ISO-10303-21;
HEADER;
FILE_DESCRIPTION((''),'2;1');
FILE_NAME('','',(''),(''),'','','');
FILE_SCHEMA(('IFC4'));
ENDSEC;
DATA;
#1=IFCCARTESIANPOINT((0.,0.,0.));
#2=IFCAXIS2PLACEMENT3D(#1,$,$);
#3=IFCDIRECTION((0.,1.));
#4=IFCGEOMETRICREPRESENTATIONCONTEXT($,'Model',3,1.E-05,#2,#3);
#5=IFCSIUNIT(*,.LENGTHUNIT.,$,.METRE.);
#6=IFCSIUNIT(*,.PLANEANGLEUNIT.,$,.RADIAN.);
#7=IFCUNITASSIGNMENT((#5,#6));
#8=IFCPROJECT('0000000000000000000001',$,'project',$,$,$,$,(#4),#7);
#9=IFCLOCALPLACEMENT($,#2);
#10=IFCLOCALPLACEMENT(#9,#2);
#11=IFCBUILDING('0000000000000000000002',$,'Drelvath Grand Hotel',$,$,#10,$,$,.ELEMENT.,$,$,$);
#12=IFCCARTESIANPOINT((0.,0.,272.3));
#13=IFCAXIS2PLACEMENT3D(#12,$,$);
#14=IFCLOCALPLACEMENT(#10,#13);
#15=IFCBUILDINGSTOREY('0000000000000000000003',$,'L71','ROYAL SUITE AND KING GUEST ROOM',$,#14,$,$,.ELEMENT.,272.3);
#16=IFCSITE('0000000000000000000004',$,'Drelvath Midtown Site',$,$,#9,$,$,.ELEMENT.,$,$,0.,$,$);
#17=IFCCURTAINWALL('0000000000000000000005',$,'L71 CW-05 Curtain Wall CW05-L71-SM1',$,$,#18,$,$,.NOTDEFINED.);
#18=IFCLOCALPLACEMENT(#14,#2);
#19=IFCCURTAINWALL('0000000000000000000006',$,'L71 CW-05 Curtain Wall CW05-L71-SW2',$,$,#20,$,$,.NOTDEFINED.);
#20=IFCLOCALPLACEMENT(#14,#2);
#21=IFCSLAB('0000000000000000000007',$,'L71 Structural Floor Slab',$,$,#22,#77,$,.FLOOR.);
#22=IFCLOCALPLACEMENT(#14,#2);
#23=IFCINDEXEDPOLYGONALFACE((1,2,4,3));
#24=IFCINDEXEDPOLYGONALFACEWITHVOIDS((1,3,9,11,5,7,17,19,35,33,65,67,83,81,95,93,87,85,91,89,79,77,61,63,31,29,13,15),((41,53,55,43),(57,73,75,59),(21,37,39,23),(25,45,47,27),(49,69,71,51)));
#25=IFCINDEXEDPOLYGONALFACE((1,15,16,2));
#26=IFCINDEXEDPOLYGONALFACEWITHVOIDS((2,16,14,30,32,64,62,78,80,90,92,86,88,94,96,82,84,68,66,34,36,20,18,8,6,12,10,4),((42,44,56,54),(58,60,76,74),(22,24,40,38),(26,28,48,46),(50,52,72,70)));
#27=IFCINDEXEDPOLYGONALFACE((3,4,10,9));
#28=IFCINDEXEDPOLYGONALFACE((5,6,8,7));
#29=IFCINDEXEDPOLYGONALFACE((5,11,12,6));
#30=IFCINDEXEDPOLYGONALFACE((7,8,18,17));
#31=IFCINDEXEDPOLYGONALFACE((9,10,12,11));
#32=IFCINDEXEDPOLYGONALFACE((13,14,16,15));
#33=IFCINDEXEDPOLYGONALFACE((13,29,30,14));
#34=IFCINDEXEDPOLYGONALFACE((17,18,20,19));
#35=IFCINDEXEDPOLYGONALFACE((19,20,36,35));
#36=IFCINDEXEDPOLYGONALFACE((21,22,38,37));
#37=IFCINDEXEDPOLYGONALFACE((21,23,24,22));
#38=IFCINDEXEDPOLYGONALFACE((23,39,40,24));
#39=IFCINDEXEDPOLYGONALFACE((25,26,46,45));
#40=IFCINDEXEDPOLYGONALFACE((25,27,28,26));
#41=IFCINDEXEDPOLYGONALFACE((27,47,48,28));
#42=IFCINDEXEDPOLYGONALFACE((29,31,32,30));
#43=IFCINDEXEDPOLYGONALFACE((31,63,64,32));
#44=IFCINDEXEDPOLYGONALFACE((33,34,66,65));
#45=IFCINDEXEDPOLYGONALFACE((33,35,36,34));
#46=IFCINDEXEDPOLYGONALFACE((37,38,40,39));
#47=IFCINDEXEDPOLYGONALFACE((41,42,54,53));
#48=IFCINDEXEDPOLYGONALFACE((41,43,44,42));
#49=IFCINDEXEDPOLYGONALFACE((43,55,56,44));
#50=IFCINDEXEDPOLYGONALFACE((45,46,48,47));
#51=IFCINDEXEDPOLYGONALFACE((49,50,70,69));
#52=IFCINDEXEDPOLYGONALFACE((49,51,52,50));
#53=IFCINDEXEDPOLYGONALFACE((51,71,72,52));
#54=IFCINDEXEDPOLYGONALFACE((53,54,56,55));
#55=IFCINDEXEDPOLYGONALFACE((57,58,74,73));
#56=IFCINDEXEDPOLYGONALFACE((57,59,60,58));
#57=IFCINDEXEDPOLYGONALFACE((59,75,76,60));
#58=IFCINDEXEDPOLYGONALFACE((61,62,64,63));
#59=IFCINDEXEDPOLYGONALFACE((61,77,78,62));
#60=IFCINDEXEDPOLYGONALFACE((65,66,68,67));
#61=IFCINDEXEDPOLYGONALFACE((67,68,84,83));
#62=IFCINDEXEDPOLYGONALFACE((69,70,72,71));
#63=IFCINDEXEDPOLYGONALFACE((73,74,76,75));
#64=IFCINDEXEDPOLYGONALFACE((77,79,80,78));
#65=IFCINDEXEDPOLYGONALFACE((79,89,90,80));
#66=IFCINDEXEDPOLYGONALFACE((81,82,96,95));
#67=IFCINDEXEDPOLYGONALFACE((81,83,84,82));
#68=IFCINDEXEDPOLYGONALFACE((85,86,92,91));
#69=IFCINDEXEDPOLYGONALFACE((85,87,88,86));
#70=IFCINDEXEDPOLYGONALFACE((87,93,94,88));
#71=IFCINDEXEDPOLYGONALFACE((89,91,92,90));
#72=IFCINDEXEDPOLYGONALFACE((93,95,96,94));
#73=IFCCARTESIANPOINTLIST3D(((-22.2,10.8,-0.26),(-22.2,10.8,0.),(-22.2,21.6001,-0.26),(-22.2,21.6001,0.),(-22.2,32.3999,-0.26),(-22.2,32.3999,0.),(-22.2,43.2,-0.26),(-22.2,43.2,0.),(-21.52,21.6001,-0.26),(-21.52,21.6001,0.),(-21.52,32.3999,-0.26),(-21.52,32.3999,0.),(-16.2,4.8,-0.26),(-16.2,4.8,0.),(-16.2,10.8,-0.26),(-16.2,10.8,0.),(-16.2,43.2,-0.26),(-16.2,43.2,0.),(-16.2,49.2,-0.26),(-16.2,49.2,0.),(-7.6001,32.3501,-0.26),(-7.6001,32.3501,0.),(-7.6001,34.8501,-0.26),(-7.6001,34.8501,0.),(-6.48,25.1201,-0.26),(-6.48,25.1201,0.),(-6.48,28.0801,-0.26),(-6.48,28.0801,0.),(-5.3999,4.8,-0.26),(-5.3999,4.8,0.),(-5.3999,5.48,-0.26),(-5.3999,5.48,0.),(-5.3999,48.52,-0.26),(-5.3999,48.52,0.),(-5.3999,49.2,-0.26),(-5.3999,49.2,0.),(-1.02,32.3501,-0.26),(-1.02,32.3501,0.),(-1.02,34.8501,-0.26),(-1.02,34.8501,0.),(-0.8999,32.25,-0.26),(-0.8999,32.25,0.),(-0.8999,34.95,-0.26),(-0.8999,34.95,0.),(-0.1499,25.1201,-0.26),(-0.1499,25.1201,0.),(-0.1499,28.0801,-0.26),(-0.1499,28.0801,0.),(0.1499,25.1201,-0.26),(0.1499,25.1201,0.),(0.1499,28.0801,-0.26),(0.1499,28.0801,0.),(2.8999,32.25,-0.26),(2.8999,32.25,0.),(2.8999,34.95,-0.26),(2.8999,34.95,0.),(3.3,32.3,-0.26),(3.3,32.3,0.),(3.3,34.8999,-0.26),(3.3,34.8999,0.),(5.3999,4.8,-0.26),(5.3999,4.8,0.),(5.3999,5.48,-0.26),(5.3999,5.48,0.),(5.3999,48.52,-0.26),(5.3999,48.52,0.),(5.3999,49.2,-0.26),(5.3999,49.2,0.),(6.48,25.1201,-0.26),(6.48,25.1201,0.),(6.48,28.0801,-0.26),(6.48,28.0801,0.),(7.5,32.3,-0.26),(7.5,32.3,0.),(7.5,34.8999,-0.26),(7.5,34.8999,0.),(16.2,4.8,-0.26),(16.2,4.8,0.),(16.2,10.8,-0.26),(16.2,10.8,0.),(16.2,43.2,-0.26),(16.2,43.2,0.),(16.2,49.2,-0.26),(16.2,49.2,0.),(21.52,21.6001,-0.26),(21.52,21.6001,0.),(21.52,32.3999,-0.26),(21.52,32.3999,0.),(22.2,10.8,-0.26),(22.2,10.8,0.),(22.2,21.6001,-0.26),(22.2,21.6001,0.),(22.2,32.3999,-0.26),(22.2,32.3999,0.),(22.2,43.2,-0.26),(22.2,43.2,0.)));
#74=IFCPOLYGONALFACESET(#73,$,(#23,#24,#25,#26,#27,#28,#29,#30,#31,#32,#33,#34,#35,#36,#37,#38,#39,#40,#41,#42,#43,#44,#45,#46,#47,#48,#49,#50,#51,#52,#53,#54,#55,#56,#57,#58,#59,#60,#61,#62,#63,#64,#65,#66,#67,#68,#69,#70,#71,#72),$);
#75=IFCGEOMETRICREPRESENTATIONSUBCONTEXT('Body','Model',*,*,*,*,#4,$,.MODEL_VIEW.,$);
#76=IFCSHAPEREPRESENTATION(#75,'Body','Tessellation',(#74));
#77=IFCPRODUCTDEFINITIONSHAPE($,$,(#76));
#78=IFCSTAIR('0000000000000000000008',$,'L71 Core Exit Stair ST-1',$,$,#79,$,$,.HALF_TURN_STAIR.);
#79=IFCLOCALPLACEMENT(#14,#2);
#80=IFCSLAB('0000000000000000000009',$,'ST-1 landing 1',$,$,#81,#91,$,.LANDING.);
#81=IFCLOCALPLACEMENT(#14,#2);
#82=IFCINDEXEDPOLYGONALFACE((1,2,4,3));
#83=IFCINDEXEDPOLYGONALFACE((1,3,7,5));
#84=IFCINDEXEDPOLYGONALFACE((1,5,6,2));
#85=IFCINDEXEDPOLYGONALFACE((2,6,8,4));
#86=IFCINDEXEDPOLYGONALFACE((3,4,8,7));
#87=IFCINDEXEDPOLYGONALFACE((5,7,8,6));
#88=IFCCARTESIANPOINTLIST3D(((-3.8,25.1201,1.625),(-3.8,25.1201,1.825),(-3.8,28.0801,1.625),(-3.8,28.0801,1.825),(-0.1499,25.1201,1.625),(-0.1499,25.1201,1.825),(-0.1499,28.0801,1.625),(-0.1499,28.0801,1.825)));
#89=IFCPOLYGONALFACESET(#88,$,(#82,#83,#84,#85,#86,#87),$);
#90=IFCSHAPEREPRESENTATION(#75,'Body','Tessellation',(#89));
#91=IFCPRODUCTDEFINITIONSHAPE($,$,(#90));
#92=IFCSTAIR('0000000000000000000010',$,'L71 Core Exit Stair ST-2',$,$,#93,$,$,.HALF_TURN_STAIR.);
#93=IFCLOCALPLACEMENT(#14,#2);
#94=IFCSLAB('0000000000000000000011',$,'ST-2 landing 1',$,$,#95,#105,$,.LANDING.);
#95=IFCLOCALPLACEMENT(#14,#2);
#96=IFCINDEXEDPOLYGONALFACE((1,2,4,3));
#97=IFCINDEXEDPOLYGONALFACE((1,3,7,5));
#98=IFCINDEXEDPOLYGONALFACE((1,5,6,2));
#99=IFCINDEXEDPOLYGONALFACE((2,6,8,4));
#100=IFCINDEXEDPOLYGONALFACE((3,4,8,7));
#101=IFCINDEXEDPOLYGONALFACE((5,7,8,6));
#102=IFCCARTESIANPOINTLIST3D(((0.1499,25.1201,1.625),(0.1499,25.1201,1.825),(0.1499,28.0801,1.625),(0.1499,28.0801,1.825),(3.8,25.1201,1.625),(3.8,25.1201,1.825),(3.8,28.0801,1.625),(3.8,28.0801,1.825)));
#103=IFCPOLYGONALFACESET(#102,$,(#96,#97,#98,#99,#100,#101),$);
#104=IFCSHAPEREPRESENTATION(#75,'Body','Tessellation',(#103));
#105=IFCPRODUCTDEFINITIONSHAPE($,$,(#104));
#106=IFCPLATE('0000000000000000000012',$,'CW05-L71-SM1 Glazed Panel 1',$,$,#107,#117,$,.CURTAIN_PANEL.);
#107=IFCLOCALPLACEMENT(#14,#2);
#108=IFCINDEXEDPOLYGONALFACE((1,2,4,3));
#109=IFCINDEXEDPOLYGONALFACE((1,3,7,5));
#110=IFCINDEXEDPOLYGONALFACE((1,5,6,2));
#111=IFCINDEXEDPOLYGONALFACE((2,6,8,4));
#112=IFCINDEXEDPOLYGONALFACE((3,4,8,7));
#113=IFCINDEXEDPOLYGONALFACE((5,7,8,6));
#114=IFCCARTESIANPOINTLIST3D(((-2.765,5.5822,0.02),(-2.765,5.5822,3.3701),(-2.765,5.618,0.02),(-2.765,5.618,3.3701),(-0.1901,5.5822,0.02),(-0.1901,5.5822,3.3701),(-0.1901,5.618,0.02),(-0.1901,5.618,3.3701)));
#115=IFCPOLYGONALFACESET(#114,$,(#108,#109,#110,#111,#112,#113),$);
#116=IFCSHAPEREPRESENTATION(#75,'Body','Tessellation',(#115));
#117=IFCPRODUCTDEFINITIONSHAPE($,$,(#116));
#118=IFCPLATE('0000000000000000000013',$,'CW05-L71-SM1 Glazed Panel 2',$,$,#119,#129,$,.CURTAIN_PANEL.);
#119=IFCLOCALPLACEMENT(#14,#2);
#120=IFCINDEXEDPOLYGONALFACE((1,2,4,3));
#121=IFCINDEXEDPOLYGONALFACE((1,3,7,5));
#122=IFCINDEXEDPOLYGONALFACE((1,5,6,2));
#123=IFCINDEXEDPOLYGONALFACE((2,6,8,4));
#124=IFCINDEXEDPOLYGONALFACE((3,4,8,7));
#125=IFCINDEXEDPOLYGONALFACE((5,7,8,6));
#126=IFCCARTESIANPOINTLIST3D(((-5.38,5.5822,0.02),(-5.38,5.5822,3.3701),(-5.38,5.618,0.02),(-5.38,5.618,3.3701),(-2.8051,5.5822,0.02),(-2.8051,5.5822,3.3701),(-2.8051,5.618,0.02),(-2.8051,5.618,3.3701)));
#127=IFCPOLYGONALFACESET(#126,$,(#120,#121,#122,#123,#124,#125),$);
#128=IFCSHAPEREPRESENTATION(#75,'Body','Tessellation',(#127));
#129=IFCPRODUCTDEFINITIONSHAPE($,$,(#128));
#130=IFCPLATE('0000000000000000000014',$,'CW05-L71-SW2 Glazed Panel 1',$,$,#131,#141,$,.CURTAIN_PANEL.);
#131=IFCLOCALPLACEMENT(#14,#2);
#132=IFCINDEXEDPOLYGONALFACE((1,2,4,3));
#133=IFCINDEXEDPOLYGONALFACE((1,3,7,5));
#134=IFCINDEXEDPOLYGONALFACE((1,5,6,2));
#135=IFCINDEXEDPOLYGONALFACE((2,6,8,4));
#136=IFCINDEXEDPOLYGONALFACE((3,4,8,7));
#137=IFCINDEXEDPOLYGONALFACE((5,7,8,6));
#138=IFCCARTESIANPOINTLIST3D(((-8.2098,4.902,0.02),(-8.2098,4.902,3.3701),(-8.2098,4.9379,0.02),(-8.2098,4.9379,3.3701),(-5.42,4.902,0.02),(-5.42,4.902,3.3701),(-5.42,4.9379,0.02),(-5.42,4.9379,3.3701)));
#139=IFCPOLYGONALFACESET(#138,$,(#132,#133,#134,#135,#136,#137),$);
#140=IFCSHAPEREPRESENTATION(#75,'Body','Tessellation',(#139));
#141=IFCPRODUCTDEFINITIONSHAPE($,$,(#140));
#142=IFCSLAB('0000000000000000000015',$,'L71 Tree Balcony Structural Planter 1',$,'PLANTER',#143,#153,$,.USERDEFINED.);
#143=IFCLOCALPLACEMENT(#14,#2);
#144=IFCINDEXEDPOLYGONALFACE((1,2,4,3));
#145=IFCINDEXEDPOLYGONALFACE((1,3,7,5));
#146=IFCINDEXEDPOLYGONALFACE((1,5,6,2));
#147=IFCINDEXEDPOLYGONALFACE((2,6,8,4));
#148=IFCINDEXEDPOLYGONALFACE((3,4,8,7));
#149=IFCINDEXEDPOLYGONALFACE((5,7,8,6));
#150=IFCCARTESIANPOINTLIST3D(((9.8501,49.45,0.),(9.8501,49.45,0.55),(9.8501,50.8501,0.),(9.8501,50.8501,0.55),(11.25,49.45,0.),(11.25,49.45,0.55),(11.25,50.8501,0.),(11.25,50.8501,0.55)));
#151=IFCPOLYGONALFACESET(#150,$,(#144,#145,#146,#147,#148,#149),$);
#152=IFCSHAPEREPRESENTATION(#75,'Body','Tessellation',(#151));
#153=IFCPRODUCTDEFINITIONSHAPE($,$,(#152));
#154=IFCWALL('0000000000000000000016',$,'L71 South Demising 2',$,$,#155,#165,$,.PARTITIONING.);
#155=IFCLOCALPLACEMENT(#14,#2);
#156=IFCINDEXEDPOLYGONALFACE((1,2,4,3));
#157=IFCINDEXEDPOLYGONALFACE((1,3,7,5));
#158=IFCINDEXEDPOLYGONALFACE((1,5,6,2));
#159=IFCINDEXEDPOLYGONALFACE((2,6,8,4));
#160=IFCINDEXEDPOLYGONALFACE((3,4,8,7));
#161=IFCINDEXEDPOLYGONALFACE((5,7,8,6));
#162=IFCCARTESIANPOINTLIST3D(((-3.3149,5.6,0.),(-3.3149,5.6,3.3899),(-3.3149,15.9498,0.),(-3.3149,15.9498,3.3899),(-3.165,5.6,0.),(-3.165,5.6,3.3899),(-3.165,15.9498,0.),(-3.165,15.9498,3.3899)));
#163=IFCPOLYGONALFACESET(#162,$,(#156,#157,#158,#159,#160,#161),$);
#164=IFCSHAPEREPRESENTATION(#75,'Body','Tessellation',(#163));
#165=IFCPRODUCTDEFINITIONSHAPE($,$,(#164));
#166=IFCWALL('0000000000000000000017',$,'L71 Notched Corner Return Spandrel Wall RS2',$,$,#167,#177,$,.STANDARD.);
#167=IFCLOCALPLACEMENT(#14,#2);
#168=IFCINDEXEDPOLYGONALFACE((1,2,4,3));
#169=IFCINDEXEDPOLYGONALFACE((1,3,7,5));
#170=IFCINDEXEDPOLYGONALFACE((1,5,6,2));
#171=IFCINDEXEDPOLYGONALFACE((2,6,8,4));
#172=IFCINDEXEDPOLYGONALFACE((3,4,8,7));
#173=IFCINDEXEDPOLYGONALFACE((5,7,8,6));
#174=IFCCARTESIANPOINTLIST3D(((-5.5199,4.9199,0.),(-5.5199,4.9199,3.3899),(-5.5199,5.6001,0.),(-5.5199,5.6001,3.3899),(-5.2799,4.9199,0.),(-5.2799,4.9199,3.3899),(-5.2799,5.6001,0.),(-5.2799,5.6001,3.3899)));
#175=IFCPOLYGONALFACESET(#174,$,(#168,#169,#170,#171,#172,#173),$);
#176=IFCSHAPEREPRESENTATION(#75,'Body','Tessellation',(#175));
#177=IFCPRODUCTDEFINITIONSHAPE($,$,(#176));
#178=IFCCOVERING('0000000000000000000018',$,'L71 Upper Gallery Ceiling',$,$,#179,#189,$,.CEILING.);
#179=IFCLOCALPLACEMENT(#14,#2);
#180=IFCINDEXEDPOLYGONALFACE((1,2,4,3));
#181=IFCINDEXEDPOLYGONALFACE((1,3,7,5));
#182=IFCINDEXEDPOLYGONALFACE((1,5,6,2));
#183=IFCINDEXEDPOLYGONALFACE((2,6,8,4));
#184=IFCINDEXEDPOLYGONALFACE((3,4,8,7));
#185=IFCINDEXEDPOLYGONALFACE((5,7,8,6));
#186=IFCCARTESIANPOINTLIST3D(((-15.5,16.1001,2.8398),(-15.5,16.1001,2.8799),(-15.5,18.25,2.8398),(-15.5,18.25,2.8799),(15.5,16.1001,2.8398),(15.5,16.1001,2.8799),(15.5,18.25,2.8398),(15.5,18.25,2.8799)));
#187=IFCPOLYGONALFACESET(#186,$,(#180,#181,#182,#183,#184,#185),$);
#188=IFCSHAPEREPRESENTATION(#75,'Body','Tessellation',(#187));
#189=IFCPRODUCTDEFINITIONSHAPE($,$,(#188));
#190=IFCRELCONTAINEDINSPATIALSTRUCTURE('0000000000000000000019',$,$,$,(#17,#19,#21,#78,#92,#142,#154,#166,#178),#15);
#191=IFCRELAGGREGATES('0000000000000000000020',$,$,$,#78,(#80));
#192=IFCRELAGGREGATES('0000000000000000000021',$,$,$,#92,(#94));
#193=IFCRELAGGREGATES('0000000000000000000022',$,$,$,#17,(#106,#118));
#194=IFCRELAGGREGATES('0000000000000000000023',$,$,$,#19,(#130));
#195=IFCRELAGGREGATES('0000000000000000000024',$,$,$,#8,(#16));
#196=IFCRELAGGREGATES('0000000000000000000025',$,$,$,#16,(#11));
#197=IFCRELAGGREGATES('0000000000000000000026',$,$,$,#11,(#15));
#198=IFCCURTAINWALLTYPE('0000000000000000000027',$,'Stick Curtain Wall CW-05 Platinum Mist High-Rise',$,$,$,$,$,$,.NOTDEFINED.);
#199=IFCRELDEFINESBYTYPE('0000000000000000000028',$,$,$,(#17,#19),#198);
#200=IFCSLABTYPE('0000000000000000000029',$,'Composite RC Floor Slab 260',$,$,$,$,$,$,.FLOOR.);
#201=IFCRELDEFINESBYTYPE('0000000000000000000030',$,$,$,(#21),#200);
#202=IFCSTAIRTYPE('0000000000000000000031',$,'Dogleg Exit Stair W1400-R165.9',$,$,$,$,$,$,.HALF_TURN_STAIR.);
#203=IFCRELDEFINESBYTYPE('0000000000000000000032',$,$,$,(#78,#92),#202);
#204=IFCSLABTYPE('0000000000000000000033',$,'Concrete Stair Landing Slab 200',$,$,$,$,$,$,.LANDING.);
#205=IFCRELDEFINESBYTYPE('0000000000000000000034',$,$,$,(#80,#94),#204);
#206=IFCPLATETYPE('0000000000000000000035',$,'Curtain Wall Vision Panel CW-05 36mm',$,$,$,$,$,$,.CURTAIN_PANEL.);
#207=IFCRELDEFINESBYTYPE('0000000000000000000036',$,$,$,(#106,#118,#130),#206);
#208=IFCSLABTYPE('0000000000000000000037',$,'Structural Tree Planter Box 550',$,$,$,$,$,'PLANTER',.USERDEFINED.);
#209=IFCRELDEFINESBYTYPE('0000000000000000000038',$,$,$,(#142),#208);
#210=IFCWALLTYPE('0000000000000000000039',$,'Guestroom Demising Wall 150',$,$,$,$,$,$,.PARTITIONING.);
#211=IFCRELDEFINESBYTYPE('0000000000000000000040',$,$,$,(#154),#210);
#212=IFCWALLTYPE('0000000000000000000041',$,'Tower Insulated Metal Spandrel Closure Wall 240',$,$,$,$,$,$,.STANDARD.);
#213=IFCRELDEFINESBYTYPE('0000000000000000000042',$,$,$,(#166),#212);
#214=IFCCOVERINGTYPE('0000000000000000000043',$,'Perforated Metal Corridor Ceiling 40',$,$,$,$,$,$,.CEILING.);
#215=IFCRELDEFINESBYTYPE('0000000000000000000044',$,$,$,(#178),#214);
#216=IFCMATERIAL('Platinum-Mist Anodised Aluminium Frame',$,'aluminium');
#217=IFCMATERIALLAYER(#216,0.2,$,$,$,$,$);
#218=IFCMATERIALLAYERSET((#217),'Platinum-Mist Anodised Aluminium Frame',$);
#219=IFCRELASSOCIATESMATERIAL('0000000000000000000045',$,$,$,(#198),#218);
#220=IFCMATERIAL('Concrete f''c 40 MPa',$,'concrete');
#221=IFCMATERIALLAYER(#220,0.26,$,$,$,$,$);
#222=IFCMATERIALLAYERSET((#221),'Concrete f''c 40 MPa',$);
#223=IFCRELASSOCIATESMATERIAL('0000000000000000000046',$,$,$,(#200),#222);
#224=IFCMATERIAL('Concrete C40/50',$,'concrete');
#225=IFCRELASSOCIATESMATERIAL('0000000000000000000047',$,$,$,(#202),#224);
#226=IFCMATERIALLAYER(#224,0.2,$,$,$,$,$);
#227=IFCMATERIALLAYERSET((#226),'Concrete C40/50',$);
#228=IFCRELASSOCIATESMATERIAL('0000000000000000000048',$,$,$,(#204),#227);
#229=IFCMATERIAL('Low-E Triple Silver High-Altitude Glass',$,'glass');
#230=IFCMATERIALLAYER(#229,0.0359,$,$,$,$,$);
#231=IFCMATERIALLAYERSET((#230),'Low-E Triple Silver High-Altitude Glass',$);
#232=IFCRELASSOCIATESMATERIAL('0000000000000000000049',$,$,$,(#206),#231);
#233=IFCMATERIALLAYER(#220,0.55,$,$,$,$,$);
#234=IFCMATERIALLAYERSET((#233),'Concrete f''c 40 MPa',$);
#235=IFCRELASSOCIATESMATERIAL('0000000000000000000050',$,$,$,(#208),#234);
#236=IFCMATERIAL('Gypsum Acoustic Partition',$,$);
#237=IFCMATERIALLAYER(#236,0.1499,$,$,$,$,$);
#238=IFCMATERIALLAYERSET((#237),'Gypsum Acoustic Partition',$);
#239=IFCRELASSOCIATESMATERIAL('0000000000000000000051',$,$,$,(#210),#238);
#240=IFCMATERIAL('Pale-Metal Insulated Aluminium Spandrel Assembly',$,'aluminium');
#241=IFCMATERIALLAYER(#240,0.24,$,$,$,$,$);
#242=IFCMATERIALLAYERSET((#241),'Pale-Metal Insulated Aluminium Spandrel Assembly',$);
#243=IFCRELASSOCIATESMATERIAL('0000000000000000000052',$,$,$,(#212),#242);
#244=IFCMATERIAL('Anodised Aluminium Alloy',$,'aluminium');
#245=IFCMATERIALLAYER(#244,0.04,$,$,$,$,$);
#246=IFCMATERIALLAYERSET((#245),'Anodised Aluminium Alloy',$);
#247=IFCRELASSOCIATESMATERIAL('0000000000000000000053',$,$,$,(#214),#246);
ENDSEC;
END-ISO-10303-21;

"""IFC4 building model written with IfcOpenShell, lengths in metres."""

from ifc_helpers import new_model, si_unit, direction, frame, frame_2d, origin, origin_2d, place, context, subcontext, project, spatial, polyline, rectangle, outline, extrude, material, layer, layer_set, type_object, element, aggregate, save


model = new_model("IFC4")

# Units and contexts
model_context = context("Model", 3, precision=1e-05, world=origin(), true_north=direction((0.0, 1.0)))
body_context = subcontext(model_context, "Body", "Model", "MODEL_VIEW")
ifc_project = project(units=[si_unit("LENGTHUNIT", "METRE"), si_unit("PLANEANGLEUNIT", "RADIAN")], contexts=[model_context])

# Site, building, storey
site_placement = place(None, origin())
site = spatial("IfcSite", under=ifc_project, at=site_placement, Name="Drelvath Midtown Site", CompositionType="ELEMENT", RefElevation=0.0)
building_placement = place(site_placement, origin())
building = spatial("IfcBuilding", under=site, at=building_placement, Name="Drelvath Grand Hotel", CompositionType="ELEMENT")
storey_placement = place(building_placement, frame((0.0, 0.0, 272.3)))
storey = spatial("IfcBuildingStorey", under=building, at=storey_placement, Name="L71", Description="ROYAL SUITE AND KING GUEST ROOM", CompositionType="ELEMENT", Elevation=272.3)

# Curtain walls
ifc_material_1 = material(Name="Platinum-Mist Anodised Aluminium Frame", Category="aluminium")
ifc_layer_1 = layer(ifc_material_1, 0.2)
ifc_layer_set_1 = layer_set([ifc_layer_1], Name="Platinum-Mist Anodised Aluminium Frame")
curtain_wall_type = type_object("IfcCurtainWallType", Name="Stick Curtain Wall CW-05 Platinum Mist High-Rise", PredefinedType="NOTDEFINED", material=ifc_layer_set_1)
curtain_wall_1_placement = place(storey_placement, origin())
curtain_wall_1 = element("IfcCurtainWall", 1, at=curtain_wall_1_placement, inside=storey, type_object=curtain_wall_type, Name="L71 CW-05 Curtain Wall CW05-L71-SM1", PredefinedType="NOTDEFINED")
curtain_wall_2_placement = place(storey_placement, origin())
curtain_wall_2 = element("IfcCurtainWall", 2, at=curtain_wall_2_placement, inside=storey, type_object=curtain_wall_type, Name="L71 CW-05 Curtain Wall CW05-L71-SW2", PredefinedType="NOTDEFINED")

# Slab
ifc_material_2 = material(Name="Concrete f'c 40 MPa", Category="concrete")
ifc_layer_2 = layer(ifc_material_2, 0.26)
ifc_layer_set_2 = layer_set([ifc_layer_2], Name="Concrete f'c 40 MPa")
slab_type_1 = type_object("IfcSlabType", Name="Composite RC Floor Slab 260", PredefinedType="FLOOR", material=ifc_layer_set_2)
slab_1_placement = place(storey_placement, frame((0.0, 0.0, -0.26)))
element("IfcSlab", 3, at=slab_1_placement, inside=storey, type_object=slab_type_1, Name="L71 Structural Floor Slab", PredefinedType="FLOOR", context=body_context, shape_type="SweptSolid", body=[
    extrude(outline(polyline([(-16.2, 4.8), (-5.3999, 4.8), (-5.3999, 5.48), (5.3999, 5.48), (5.3999, 4.8), (16.2, 4.8), (16.2, 10.8), (22.2, 10.8), (22.2, 21.6001), (21.52, 21.6001), (21.52, 32.3999), (22.2, 32.3999), (22.2, 43.2), (16.2, 43.2), (16.2, 49.2), (5.3999, 49.2), (5.3999, 48.52), (-5.3999, 48.52), (-5.3999, 49.2), (-16.2, 49.2), (-16.2, 43.2), (-22.2, 43.2), (-22.2, 32.3999), (-21.52, 32.3999), (-21.52, 21.6001), (-22.2, 21.6001), (-22.2, 10.8), (-16.2, 10.8), (-16.2, 4.8)]), holes=[polyline([(-6.48, 25.1201), (-6.48, 28.0801), (-0.1499, 28.0801), (-0.1499, 25.1201), (-6.48, 25.1201)]), polyline([(0.1499, 25.1201), (0.1499, 28.0801), (6.48, 28.0801), (6.48, 25.1201), (0.1499, 25.1201)]), polyline([(-7.6001, 32.3501), (-7.6001, 34.8501), (-1.02, 34.8501), (-1.02, 32.3501), (-7.6001, 32.3501)]), polyline([(-0.8999, 32.25), (-0.8999, 34.95), (2.8999, 34.95), (2.8999, 32.25), (-0.8999, 32.25)]), polyline([(3.3, 32.3), (3.3, 34.8999), (7.5, 34.8999), (7.5, 32.3), (3.3, 32.3)])]), origin(), (0.0, 0.0, 1.0), 0.26),
])

# Stairs, slabs
ifc_material_3 = material(Name="Concrete C40/50", Category="concrete")
stair_type = type_object("IfcStairType", Name="Dogleg Exit Stair W1400-R165.9", PredefinedType="HALF_TURN_STAIR", material=ifc_material_3)
stair_1_placement = place(storey_placement, origin())
stair_1 = element("IfcStair", 4, at=stair_1_placement, inside=storey, type_object=stair_type, Name="L71 Core Exit Stair ST-1", PredefinedType="HALF_TURN_STAIR")
ifc_layer_3 = layer(ifc_material_3, 0.2)
ifc_layer_set_3 = layer_set([ifc_layer_3], Name="Concrete C40/50")
slab_type_2 = type_object("IfcSlabType", Name="Concrete Stair Landing Slab 200", PredefinedType="LANDING", material=ifc_layer_set_3)
slab_2_placement = place(storey_placement, frame((0.0, 0.0, 1.625)))
slab_2 = element("IfcSlab", 5, at=slab_2_placement, type_object=slab_type_2, Name="ST-1 landing 1", PredefinedType="LANDING", context=body_context, shape_type="SweptSolid", body=[
    extrude(outline(polyline([(-3.8, 25.1201), (-0.1499, 25.1201), (-0.1499, 28.0801), (-3.8, 28.0801), (-3.8, 25.1201)])), origin(), (0.0, 0.0, 1.0), 0.2),
])
aggregate(stair_1, [slab_2])
stair_2_placement = place(storey_placement, origin())
stair_2 = element("IfcStair", 6, at=stair_2_placement, inside=storey, type_object=stair_type, Name="L71 Core Exit Stair ST-2", PredefinedType="HALF_TURN_STAIR")
slab_3_placement = place(storey_placement, frame((0.0, 0.0, 1.625)))
slab_3 = element("IfcSlab", 7, at=slab_3_placement, type_object=slab_type_2, Name="ST-2 landing 1", PredefinedType="LANDING", context=body_context, shape_type="SweptSolid", body=[
    extrude(outline(polyline([(3.8, 28.0801), (0.1499, 28.0801), (0.1499, 25.1201), (3.8, 25.1201), (3.8, 28.0801)])), origin(), (0.0, 0.0, 1.0), 0.2),
])
aggregate(stair_2, [slab_3])

# Plates
ifc_material_4 = material(Name="Low-E Triple Silver High-Altitude Glass", Category="glass")
ifc_layer_4 = layer(ifc_material_4, 0.0359)
ifc_layer_set_4 = layer_set([ifc_layer_4], Name="Low-E Triple Silver High-Altitude Glass")
plate_type = type_object("IfcPlateType", Name="Curtain Wall Vision Panel CW-05 36mm", PredefinedType="CURTAIN_PANEL", material=ifc_layer_set_4)
plate_1_placement = place(storey_placement, frame((-1.4775, 5.6001, 0.02), z_axis=(0.0, 0.0, 1.0), x_axis=(-1.0, 0.0, 0.0)))
plate_1 = element("IfcPlate", 8, at=plate_1_placement, type_object=plate_type, Name="CW05-L71-SM1 Glazed Panel 1", PredefinedType="CURTAIN_PANEL", context=body_context, shape_type="SweptSolid", body=[
    extrude(rectangle(XDim=2.575, YDim=0.0359, at=origin_2d()), origin(), (0.0, 0.0, 1.0), 3.3501),
])
plate_2_placement = place(storey_placement, frame((-4.0925, 5.6001, 0.02), z_axis=(0.0, 0.0, 1.0), x_axis=(-1.0, 0.0, 0.0)))
plate_2 = element("IfcPlate", 9, at=plate_2_placement, type_object=plate_type, Name="CW05-L71-SM1 Glazed Panel 2", PredefinedType="CURTAIN_PANEL", context=body_context, shape_type="SweptSolid", body=[
    extrude(rectangle(XDim=2.575, YDim=0.0359, at=origin_2d()), origin(), (0.0, 0.0, 1.0), 3.3501),
])
aggregate(curtain_wall_1, [plate_1, plate_2])
plate_3_placement = place(storey_placement, frame((-6.8149, 4.9199, 0.02), z_axis=(0.0, 0.0, 1.0), x_axis=(-1.0, 0.0, 0.0)))
plate_3 = element("IfcPlate", 10, at=plate_3_placement, type_object=plate_type, Name="CW05-L71-SW2 Glazed Panel 1", PredefinedType="CURTAIN_PANEL", context=body_context, shape_type="SweptSolid", body=[
    extrude(rectangle(XDim=2.7898, YDim=0.0359, at=origin_2d()), origin(), (0.0, 0.0, 1.0), 3.3501),
])
aggregate(curtain_wall_2, [plate_3])

# Slab
ifc_layer_5 = layer(ifc_material_2, 0.55)
ifc_layer_set_5 = layer_set([ifc_layer_5], Name="Concrete f'c 40 MPa")
slab_type_3 = type_object("IfcSlabType", Name="Structural Tree Planter Box 550", ElementType="PLANTER", PredefinedType="USERDEFINED", material=ifc_layer_set_5)
slab_4_placement = place(storey_placement, origin())
element("IfcSlab", 11, at=slab_4_placement, inside=storey, type_object=slab_type_3, Name="L71 Tree Balcony Structural Planter 1", ObjectType="PLANTER", PredefinedType="USERDEFINED", context=body_context, shape_type="SweptSolid", body=[
    extrude(outline(polyline([(9.8501, 49.45), (11.25, 49.45), (11.25, 50.8501), (9.8501, 50.8501), (9.8501, 49.45)])), origin(), (0.0, 0.0, 1.0), 0.55),
])

# Walls
ifc_material_5 = material(Name="Gypsum Acoustic Partition")
ifc_layer_6 = layer(ifc_material_5, 0.1499)
ifc_layer_set_6 = layer_set([ifc_layer_6], Name="Gypsum Acoustic Partition")
wall_type_1 = type_object("IfcWallType", Name="Guestroom Demising Wall 150", PredefinedType="PARTITIONING", material=ifc_layer_set_6)
wall_1_placement = place(storey_placement, frame((-3.24, 5.6001, 0.0), z_axis=(0.0, 0.0, 1.0), x_axis=(0.0, 1.0, 0.0)))
element("IfcWall", 12, at=wall_1_placement, inside=storey, type_object=wall_type_1, Name="L71 South Demising 2", PredefinedType="PARTITIONING", context=body_context, shape_type="SweptSolid", body=[
    extrude(rectangle(XDim=10.3499, YDim=0.1499, at=frame_2d((5.1748, 0.0))), origin(), (0.0, 0.0, 1.0), 3.3899),
])
ifc_material_6 = material(Name="Pale-Metal Insulated Aluminium Spandrel Assembly", Category="aluminium")
ifc_layer_7 = layer(ifc_material_6, 0.24)
ifc_layer_set_7 = layer_set([ifc_layer_7], Name="Pale-Metal Insulated Aluminium Spandrel Assembly")
wall_type_2 = type_object("IfcWallType", Name="Tower Insulated Metal Spandrel Closure Wall 240", PredefinedType="STANDARD", material=ifc_layer_set_7)
wall_2_placement = place(storey_placement, frame((-5.3999, 5.6001, 0.0), z_axis=(0.0, 0.0, 1.0), x_axis=(0.0, -1.0, 0.0)))
element("IfcWall", 13, at=wall_2_placement, inside=storey, type_object=wall_type_2, Name="L71 Notched Corner Return Spandrel Wall RS2", PredefinedType="STANDARD", context=body_context, shape_type="SweptSolid", body=[
    extrude(rectangle(XDim=0.6802, YDim=0.24, at=frame_2d((0.3401, 0.0))), origin(), (0.0, 0.0, 1.0), 3.3899),
])

# Covering
ifc_material_7 = material(Name="Anodised Aluminium Alloy", Category="aluminium")
ifc_layer_8 = layer(ifc_material_7, 0.04)
ifc_layer_set_8 = layer_set([ifc_layer_8], Name="Anodised Aluminium Alloy")
covering_type = type_object("IfcCoveringType", Name="Perforated Metal Corridor Ceiling 40", PredefinedType="CEILING", material=ifc_layer_set_8)
covering_placement = place(storey_placement, frame((0.0, 0.0, 2.8398)))
element("IfcCovering", 14, at=covering_placement, inside=storey, type_object=covering_type, Name="L71 Upper Gallery Ceiling", PredefinedType="CEILING", context=body_context, shape_type="SweptSolid", body=[
    extrude(outline(polyline([(15.5, 16.1001), (15.5, 18.25), (-15.5, 18.25), (-15.5, 16.1001), (15.5, 16.1001)])), origin(), (0.0, 0.0, 1.0), 0.04),
])

save(model, "model.ifc")
